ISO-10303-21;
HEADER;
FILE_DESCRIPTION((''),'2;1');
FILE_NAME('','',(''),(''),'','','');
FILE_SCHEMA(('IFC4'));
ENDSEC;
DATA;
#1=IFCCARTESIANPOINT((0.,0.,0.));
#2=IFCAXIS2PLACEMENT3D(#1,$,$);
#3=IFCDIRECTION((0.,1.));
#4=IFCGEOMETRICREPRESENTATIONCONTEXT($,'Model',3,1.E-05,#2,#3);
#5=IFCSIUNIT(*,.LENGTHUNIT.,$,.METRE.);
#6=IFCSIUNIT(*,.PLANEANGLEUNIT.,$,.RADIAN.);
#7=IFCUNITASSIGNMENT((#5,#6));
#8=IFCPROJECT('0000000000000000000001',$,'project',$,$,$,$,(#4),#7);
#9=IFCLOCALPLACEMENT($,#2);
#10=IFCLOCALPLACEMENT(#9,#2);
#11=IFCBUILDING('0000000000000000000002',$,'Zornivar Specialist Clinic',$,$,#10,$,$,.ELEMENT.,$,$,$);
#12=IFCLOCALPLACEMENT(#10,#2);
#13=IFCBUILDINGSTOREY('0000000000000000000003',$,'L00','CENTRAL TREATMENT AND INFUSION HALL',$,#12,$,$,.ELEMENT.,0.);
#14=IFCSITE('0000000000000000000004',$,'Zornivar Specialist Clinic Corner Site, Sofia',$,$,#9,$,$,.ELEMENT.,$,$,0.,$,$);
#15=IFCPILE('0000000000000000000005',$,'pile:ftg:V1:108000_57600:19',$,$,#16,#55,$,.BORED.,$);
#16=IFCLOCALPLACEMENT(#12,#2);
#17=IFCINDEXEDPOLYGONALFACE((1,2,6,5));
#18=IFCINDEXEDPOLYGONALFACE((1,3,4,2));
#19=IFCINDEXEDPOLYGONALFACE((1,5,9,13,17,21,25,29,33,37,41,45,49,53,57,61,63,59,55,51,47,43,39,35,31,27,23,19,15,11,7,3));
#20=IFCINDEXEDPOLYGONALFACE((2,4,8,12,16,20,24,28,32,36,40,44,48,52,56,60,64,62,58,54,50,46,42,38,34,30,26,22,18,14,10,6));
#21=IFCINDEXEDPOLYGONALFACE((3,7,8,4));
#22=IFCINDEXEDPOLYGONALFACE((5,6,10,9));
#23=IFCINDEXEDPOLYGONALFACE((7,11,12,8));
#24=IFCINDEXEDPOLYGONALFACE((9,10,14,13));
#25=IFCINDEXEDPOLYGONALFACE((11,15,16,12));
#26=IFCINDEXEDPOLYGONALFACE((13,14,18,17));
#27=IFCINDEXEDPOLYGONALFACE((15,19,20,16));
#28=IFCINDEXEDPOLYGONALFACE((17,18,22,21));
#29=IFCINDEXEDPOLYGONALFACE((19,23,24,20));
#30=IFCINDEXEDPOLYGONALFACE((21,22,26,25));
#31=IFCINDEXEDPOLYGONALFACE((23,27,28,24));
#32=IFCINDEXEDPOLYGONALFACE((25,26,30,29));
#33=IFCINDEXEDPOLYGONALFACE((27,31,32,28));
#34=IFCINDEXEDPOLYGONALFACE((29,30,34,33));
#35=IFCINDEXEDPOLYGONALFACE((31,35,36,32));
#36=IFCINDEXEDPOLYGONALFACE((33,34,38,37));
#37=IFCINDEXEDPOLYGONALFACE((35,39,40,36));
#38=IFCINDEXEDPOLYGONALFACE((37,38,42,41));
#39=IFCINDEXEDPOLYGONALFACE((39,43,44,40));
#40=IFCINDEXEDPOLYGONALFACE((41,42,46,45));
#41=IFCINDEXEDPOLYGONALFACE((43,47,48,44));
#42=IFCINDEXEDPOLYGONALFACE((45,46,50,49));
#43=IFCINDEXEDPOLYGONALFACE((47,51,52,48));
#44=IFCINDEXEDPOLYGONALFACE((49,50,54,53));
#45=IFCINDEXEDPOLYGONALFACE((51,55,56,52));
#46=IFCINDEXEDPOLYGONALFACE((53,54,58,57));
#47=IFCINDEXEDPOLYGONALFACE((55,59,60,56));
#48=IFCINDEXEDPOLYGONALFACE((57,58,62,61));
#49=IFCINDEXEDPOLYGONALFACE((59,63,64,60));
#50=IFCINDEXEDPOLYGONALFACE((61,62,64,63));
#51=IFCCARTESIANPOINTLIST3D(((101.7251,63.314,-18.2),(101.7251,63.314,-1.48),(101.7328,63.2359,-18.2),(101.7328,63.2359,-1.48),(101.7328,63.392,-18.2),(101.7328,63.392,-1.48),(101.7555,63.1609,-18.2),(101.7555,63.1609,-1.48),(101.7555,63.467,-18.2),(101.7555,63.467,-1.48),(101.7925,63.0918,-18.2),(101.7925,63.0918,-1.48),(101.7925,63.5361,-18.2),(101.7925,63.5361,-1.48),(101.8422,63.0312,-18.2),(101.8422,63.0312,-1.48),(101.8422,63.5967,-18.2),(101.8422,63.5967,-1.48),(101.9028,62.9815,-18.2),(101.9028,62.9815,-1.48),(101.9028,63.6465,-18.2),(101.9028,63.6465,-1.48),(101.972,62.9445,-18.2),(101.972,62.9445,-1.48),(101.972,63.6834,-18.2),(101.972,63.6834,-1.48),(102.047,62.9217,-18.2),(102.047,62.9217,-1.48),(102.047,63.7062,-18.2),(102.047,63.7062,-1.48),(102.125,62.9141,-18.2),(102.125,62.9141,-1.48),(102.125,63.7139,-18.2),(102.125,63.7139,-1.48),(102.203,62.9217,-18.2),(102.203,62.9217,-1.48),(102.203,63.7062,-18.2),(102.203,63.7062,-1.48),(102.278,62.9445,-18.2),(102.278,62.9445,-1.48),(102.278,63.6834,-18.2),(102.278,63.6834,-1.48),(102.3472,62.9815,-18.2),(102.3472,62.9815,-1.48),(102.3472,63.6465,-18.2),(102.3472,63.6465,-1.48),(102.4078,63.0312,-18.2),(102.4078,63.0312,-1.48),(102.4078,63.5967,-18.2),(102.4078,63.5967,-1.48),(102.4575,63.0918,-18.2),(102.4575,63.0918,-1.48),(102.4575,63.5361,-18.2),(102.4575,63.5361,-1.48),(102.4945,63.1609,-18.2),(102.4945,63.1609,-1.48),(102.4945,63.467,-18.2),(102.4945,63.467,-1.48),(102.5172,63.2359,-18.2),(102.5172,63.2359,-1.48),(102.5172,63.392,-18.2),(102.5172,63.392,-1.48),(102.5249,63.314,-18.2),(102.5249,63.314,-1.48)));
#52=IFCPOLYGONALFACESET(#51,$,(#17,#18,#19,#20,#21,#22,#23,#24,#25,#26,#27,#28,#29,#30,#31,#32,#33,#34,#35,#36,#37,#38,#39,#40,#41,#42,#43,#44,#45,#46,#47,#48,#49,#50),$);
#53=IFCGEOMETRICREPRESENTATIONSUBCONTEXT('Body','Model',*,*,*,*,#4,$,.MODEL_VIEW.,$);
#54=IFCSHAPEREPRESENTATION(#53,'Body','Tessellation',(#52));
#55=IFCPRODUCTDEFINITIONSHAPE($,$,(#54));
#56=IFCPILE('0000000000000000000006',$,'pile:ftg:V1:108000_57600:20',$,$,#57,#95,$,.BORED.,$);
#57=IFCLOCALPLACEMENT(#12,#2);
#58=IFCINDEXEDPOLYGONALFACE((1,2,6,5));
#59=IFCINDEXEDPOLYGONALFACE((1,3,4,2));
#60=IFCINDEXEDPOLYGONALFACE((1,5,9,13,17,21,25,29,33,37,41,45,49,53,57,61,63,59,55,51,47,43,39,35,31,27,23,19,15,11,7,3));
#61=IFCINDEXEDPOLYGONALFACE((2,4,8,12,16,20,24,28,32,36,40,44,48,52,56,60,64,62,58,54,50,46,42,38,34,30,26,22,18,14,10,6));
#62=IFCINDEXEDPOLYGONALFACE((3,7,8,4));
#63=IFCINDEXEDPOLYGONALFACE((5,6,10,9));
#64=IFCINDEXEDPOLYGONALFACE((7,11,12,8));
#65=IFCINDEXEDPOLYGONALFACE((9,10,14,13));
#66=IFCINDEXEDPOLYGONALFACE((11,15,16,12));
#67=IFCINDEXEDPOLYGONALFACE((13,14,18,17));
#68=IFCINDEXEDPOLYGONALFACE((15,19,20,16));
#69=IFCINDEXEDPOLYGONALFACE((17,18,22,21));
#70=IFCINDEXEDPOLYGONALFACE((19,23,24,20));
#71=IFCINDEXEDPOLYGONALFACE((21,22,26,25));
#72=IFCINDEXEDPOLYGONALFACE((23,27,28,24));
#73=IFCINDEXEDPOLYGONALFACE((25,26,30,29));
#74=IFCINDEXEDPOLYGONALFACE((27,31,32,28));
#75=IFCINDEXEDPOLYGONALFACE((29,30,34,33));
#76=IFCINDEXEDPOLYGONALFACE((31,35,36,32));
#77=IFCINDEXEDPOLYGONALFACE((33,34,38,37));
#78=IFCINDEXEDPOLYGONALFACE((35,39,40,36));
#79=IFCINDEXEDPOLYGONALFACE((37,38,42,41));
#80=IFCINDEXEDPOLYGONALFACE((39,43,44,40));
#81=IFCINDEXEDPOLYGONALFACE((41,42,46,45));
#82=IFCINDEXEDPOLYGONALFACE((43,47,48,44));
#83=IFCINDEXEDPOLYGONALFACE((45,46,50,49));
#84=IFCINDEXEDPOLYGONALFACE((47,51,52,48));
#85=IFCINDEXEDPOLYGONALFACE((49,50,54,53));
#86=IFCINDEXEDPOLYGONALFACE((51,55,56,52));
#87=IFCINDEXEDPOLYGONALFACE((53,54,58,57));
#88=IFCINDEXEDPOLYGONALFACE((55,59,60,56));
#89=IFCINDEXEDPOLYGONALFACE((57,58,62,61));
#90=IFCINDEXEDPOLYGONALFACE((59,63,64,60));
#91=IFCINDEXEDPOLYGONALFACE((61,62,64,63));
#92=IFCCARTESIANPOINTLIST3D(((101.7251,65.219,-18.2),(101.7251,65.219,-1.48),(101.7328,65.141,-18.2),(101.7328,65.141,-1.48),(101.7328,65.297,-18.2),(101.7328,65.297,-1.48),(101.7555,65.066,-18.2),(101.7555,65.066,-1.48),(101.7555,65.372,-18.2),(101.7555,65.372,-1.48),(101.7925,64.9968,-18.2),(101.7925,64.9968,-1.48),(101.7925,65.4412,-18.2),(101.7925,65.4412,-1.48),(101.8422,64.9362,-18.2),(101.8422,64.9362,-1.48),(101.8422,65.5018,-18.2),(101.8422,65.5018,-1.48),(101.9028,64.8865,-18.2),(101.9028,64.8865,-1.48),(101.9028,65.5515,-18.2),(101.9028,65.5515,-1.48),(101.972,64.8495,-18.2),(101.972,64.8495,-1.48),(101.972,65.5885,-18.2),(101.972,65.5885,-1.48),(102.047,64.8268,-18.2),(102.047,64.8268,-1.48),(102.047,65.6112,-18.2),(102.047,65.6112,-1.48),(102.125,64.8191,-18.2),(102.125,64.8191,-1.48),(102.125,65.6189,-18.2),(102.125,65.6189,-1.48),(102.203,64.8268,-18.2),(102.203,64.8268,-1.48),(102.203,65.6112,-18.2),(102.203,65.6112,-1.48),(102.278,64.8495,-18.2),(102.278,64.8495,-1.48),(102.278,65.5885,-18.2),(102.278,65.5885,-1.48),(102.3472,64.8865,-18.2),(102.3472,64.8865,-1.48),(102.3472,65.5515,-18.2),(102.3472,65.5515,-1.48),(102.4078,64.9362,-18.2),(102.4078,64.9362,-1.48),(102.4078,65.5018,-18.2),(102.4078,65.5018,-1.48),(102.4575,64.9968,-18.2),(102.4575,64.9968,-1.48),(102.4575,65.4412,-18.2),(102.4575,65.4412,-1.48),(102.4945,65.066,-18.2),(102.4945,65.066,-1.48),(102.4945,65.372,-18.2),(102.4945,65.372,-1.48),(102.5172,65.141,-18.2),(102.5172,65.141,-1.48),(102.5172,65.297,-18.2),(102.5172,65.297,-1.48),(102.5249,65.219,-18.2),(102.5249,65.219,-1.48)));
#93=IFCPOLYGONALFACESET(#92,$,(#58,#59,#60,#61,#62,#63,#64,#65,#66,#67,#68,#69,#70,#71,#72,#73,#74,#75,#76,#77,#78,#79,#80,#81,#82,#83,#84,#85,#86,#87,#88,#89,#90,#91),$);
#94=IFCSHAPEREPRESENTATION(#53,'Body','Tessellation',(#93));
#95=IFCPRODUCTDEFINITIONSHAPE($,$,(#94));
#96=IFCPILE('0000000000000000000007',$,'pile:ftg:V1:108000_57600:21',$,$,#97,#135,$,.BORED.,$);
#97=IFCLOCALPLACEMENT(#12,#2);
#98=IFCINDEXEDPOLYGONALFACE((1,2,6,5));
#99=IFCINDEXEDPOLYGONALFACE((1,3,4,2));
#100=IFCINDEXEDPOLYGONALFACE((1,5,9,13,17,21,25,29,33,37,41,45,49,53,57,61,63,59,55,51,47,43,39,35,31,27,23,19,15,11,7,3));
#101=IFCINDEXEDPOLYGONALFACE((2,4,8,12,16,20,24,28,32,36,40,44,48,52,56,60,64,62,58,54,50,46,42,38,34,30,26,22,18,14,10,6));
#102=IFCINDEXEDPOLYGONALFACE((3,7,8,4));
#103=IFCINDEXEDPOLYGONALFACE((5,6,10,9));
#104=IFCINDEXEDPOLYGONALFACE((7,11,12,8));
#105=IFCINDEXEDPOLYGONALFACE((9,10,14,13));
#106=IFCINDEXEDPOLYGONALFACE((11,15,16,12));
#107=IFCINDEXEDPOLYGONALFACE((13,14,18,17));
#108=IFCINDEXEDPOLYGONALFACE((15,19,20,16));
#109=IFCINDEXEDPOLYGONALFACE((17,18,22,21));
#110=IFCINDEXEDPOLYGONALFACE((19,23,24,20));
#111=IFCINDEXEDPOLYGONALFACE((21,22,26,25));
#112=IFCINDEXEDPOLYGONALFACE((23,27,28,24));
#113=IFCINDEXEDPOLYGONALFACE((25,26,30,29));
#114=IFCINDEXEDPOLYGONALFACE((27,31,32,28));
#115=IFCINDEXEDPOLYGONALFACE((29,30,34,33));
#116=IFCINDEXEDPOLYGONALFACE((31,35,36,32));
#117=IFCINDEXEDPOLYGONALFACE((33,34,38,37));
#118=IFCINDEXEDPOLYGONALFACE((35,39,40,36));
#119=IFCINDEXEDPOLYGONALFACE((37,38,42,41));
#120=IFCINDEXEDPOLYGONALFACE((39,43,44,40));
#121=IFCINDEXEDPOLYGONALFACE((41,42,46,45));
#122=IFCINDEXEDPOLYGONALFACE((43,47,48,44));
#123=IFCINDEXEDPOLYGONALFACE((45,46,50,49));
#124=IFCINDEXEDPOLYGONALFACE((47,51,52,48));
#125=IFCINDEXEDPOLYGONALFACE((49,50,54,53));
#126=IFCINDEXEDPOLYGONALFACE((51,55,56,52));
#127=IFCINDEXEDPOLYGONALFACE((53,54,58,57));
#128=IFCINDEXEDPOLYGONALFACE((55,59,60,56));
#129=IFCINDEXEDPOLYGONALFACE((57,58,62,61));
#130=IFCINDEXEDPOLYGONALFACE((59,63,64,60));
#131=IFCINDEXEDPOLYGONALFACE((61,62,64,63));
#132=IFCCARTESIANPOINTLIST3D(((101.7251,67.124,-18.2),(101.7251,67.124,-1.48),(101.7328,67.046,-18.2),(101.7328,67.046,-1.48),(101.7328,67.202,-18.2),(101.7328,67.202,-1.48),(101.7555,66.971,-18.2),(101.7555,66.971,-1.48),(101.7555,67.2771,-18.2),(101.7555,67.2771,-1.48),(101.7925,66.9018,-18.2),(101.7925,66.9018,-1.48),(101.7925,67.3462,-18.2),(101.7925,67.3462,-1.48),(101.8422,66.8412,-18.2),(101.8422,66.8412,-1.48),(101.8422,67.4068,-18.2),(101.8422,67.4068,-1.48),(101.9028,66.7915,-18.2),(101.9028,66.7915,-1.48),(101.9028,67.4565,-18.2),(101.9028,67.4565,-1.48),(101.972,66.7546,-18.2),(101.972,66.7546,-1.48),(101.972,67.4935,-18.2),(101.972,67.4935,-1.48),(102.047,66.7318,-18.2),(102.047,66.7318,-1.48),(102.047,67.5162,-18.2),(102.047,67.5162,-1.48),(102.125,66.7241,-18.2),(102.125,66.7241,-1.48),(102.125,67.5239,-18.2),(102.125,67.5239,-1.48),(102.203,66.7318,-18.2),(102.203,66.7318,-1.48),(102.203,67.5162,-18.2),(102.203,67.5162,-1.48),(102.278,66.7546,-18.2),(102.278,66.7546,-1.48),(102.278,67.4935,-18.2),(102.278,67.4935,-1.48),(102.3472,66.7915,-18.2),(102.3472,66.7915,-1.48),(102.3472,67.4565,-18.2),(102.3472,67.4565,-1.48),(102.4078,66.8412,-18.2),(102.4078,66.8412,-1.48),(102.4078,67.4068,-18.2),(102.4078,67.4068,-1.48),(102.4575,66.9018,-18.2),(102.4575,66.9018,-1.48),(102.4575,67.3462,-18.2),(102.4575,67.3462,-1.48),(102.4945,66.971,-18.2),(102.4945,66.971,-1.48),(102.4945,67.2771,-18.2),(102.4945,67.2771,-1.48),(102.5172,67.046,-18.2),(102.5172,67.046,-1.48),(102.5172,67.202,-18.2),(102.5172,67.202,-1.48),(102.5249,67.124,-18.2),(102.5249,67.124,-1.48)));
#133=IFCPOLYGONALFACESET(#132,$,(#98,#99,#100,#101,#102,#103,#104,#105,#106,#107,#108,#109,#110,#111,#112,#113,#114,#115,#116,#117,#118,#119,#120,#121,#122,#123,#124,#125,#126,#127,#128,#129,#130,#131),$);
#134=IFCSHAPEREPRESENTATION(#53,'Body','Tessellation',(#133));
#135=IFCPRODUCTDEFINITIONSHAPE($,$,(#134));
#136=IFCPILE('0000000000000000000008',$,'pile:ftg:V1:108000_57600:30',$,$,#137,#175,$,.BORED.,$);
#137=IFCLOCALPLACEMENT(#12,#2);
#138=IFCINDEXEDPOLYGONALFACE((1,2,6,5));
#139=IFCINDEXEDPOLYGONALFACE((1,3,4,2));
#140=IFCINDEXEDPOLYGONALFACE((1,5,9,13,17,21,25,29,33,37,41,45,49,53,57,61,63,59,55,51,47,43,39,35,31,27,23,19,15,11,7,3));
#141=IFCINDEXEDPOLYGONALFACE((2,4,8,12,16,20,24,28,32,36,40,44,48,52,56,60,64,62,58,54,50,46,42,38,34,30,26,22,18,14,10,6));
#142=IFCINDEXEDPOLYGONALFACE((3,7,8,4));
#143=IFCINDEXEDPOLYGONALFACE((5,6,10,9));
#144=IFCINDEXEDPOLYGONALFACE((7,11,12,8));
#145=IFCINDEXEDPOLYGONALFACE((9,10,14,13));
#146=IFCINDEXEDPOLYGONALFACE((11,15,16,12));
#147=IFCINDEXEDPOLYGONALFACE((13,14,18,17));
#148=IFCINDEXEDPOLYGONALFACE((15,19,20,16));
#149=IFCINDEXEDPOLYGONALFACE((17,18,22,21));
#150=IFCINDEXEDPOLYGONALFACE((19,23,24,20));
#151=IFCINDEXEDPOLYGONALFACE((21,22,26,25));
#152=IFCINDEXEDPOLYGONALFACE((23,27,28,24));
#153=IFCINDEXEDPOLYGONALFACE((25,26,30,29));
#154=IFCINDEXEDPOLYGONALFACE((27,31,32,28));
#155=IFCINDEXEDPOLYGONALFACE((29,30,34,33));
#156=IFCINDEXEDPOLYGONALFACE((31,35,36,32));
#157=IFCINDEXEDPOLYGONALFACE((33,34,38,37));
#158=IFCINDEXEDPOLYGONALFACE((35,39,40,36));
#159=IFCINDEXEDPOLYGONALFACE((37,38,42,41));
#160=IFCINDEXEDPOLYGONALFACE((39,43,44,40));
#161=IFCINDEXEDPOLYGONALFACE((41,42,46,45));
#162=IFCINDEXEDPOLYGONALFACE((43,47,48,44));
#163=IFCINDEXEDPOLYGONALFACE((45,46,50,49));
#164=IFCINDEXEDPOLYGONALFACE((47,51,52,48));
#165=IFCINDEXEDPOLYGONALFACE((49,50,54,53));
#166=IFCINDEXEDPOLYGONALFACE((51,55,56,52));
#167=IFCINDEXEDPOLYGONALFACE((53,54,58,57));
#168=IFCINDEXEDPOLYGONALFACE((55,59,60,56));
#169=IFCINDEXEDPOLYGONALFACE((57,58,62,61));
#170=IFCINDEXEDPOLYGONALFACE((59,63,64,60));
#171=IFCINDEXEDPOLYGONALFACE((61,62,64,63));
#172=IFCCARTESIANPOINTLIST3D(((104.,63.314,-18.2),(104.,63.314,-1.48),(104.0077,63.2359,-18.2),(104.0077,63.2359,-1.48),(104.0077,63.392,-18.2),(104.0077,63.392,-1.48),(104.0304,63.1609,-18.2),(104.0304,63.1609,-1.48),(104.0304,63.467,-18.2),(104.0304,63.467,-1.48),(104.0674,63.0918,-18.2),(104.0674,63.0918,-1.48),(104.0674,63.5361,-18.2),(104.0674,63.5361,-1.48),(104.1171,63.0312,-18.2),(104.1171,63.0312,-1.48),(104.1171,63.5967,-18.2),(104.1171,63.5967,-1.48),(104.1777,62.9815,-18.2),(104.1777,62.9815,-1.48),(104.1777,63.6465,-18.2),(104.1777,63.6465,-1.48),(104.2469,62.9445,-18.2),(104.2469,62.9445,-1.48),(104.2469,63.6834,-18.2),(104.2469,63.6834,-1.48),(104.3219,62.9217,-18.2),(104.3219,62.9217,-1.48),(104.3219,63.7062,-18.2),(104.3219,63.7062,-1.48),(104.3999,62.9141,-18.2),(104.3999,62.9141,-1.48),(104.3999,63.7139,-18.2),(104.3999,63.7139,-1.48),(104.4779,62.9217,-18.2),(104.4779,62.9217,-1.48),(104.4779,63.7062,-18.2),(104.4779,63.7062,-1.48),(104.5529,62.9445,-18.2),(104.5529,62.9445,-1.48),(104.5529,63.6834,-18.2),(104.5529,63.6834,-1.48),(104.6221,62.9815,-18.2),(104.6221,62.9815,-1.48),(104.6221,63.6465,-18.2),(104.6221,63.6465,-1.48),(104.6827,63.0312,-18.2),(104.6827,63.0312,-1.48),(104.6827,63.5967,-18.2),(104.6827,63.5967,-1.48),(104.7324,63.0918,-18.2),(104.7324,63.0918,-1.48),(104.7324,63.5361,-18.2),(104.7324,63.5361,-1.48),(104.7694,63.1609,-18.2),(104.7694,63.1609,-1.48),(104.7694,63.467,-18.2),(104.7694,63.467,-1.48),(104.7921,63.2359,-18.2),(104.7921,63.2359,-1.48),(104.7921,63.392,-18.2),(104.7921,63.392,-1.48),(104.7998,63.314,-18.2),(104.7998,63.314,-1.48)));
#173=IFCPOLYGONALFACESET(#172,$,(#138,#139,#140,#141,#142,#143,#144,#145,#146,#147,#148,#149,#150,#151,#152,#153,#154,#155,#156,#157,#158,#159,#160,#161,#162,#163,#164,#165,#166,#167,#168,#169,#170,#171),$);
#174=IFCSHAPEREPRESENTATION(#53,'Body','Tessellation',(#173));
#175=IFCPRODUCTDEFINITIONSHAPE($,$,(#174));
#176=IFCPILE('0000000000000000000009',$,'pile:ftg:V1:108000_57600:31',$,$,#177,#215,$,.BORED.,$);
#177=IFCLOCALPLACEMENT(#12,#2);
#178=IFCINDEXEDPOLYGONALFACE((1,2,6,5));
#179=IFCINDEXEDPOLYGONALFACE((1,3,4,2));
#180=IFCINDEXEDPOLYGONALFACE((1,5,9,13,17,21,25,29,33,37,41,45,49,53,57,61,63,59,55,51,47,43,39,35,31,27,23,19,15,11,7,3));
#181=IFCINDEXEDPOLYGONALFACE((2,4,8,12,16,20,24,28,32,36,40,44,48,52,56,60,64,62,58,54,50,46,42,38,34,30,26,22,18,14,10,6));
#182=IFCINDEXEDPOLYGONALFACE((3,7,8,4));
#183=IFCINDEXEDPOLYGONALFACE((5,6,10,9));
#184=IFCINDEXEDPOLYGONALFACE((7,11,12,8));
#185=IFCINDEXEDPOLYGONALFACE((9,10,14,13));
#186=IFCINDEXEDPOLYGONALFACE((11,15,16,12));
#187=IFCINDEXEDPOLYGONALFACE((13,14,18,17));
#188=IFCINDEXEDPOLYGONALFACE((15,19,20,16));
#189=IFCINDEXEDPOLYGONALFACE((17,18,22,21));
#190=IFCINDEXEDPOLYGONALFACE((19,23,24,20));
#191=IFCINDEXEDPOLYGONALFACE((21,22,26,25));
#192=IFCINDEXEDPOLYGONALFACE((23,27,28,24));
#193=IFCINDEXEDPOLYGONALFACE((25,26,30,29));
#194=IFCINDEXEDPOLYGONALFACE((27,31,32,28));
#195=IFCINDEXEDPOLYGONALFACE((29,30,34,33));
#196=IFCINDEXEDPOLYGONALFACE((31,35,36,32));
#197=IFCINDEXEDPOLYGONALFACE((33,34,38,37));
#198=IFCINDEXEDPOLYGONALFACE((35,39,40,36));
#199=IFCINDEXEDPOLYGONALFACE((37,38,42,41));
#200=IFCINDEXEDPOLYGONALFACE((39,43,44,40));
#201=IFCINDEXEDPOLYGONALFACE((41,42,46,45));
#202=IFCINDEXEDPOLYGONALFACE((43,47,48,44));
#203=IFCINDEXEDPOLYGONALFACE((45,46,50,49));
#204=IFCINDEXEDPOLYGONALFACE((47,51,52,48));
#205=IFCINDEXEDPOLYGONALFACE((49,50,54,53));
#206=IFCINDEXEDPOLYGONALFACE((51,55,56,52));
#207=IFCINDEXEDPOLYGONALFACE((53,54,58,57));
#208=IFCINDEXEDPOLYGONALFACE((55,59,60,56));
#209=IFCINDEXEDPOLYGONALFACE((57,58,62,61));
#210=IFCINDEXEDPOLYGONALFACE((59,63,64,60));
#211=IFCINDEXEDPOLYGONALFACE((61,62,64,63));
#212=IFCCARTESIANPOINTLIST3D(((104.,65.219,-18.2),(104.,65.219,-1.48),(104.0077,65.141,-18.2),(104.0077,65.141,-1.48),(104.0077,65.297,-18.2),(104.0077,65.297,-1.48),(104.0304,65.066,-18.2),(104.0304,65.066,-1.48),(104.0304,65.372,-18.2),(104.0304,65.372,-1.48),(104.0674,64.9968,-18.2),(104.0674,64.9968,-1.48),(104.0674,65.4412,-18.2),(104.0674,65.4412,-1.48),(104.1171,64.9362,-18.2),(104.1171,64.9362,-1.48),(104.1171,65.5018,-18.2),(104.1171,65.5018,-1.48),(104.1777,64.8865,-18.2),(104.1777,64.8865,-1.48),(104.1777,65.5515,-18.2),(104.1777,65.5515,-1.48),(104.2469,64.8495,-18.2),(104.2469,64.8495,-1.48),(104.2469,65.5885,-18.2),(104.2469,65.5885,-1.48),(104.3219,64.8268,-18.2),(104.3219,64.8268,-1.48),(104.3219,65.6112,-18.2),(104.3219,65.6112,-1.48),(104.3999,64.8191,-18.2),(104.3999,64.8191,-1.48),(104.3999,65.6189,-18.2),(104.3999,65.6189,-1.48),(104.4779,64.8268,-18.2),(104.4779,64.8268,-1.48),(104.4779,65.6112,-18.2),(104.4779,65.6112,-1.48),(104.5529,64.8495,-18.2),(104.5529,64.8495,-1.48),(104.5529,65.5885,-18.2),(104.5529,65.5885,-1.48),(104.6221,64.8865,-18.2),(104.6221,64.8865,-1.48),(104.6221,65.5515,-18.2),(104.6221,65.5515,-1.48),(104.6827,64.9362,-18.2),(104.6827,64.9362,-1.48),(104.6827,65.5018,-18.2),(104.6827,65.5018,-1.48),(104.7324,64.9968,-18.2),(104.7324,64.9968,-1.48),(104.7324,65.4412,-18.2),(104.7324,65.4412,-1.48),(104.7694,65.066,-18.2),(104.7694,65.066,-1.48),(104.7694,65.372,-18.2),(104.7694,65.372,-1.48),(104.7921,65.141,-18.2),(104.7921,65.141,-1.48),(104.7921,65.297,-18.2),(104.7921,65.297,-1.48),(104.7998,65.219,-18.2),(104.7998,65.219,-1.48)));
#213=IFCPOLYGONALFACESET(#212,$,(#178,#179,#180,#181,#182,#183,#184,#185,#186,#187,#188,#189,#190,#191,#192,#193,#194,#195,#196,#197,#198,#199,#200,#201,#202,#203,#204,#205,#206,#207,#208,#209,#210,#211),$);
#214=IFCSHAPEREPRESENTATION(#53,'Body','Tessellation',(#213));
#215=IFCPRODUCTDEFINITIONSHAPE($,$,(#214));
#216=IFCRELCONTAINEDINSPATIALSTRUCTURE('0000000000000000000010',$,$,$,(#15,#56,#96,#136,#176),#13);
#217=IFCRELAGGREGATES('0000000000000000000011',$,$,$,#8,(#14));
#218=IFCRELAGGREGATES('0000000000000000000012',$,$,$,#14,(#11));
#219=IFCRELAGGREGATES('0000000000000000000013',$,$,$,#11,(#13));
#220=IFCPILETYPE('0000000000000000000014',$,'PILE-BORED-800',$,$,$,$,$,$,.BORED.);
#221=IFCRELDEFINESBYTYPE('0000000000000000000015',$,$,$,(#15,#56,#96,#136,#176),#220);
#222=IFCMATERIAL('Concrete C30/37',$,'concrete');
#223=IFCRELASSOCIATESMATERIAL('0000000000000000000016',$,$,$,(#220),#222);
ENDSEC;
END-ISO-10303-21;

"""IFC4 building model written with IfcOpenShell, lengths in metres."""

from ifc_helpers import new_model, si_unit, direction, frame, origin, origin_2d, place, context, subcontext, project, spatial, circle, extrude, material, material_profile, profile_set, type_object, element, save


model = new_model("IFC4")

# Units and contexts
model_context = context("Model", 3, precision=1e-05, world=origin(), true_north=direction((0.0, 1.0)))
body_context = subcontext(model_context, "Body", "Model", "MODEL_VIEW")
ifc_project = project(units=[si_unit("LENGTHUNIT", "METRE"), si_unit("PLANEANGLEUNIT", "RADIAN")], contexts=[model_context])

# Site, building, storey
site_placement = place(None, origin())
site = spatial("IfcSite", under=ifc_project, at=site_placement, Name="Zornivar Specialist Clinic Corner Site, Sofia", CompositionType="ELEMENT", RefElevation=0.0)
building_placement = place(site_placement, origin())
building = spatial("IfcBuilding", under=site, at=building_placement, Name="Zornivar Specialist Clinic", CompositionType="ELEMENT")
storey_placement = place(building_placement, origin())
storey = spatial("IfcBuildingStorey", under=building, at=storey_placement, Name="L00", Description="CENTRAL TREATMENT AND INFUSION HALL", CompositionType="ELEMENT", Elevation=0.0)

# Piles
ifc_material_1 = material(Name="Concrete C30/37", Category="concrete")
ifc_material_profile_1 = material_profile(ifc_material_1, circle(Radius=0.3999, at=origin_2d()), Name="PILE D800")
ifc_profile_set_1 = profile_set([ifc_material_profile_1], Name="Concrete C30/37")
pile_type = type_object("IfcPileType", Name="PILE-BORED-800", PredefinedType="BORED", material=ifc_profile_set_1)
for number, where, z_axis, x_axis, name in (
    (1, (102.125, 63.314, -1.48), (0.0, 0.0, -1.0), (1.0, 0.0, 0.0), "pile:ftg:V1:108000_57600:19"),
    (2, (102.125, 65.219, -1.48), (0.0, 0.0, -1.0), (1.0, 0.0, 0.0), "pile:ftg:V1:108000_57600:20"),
    (3, (102.125, 67.124, -1.48), (0.0, 0.0, -1.0), (1.0, 0.0, 0.0), "pile:ftg:V1:108000_57600:21"),
    (4, (104.3999, 63.314, -1.48), (0.0, 0.0, -1.0), (1.0, 0.0, 0.0), "pile:ftg:V1:108000_57600:30"),
    (5, (104.3999, 65.219, -1.48), (0.0, 0.0, -1.0), (1.0, 0.0, 0.0), "pile:ftg:V1:108000_57600:31"),
):
    element("IfcPile", number, at=place(storey_placement, frame(where, z_axis=z_axis, x_axis=x_axis)), inside=storey, type_object=pile_type, Name=name, PredefinedType="BORED", context=body_context, shape_type="SweptSolid", body=[
        extrude(circle(Radius=0.3999, at=origin_2d()), origin(), (0.0, 0.0, 1.0), 16.72),
    ])

save(model, "model.ifc")
